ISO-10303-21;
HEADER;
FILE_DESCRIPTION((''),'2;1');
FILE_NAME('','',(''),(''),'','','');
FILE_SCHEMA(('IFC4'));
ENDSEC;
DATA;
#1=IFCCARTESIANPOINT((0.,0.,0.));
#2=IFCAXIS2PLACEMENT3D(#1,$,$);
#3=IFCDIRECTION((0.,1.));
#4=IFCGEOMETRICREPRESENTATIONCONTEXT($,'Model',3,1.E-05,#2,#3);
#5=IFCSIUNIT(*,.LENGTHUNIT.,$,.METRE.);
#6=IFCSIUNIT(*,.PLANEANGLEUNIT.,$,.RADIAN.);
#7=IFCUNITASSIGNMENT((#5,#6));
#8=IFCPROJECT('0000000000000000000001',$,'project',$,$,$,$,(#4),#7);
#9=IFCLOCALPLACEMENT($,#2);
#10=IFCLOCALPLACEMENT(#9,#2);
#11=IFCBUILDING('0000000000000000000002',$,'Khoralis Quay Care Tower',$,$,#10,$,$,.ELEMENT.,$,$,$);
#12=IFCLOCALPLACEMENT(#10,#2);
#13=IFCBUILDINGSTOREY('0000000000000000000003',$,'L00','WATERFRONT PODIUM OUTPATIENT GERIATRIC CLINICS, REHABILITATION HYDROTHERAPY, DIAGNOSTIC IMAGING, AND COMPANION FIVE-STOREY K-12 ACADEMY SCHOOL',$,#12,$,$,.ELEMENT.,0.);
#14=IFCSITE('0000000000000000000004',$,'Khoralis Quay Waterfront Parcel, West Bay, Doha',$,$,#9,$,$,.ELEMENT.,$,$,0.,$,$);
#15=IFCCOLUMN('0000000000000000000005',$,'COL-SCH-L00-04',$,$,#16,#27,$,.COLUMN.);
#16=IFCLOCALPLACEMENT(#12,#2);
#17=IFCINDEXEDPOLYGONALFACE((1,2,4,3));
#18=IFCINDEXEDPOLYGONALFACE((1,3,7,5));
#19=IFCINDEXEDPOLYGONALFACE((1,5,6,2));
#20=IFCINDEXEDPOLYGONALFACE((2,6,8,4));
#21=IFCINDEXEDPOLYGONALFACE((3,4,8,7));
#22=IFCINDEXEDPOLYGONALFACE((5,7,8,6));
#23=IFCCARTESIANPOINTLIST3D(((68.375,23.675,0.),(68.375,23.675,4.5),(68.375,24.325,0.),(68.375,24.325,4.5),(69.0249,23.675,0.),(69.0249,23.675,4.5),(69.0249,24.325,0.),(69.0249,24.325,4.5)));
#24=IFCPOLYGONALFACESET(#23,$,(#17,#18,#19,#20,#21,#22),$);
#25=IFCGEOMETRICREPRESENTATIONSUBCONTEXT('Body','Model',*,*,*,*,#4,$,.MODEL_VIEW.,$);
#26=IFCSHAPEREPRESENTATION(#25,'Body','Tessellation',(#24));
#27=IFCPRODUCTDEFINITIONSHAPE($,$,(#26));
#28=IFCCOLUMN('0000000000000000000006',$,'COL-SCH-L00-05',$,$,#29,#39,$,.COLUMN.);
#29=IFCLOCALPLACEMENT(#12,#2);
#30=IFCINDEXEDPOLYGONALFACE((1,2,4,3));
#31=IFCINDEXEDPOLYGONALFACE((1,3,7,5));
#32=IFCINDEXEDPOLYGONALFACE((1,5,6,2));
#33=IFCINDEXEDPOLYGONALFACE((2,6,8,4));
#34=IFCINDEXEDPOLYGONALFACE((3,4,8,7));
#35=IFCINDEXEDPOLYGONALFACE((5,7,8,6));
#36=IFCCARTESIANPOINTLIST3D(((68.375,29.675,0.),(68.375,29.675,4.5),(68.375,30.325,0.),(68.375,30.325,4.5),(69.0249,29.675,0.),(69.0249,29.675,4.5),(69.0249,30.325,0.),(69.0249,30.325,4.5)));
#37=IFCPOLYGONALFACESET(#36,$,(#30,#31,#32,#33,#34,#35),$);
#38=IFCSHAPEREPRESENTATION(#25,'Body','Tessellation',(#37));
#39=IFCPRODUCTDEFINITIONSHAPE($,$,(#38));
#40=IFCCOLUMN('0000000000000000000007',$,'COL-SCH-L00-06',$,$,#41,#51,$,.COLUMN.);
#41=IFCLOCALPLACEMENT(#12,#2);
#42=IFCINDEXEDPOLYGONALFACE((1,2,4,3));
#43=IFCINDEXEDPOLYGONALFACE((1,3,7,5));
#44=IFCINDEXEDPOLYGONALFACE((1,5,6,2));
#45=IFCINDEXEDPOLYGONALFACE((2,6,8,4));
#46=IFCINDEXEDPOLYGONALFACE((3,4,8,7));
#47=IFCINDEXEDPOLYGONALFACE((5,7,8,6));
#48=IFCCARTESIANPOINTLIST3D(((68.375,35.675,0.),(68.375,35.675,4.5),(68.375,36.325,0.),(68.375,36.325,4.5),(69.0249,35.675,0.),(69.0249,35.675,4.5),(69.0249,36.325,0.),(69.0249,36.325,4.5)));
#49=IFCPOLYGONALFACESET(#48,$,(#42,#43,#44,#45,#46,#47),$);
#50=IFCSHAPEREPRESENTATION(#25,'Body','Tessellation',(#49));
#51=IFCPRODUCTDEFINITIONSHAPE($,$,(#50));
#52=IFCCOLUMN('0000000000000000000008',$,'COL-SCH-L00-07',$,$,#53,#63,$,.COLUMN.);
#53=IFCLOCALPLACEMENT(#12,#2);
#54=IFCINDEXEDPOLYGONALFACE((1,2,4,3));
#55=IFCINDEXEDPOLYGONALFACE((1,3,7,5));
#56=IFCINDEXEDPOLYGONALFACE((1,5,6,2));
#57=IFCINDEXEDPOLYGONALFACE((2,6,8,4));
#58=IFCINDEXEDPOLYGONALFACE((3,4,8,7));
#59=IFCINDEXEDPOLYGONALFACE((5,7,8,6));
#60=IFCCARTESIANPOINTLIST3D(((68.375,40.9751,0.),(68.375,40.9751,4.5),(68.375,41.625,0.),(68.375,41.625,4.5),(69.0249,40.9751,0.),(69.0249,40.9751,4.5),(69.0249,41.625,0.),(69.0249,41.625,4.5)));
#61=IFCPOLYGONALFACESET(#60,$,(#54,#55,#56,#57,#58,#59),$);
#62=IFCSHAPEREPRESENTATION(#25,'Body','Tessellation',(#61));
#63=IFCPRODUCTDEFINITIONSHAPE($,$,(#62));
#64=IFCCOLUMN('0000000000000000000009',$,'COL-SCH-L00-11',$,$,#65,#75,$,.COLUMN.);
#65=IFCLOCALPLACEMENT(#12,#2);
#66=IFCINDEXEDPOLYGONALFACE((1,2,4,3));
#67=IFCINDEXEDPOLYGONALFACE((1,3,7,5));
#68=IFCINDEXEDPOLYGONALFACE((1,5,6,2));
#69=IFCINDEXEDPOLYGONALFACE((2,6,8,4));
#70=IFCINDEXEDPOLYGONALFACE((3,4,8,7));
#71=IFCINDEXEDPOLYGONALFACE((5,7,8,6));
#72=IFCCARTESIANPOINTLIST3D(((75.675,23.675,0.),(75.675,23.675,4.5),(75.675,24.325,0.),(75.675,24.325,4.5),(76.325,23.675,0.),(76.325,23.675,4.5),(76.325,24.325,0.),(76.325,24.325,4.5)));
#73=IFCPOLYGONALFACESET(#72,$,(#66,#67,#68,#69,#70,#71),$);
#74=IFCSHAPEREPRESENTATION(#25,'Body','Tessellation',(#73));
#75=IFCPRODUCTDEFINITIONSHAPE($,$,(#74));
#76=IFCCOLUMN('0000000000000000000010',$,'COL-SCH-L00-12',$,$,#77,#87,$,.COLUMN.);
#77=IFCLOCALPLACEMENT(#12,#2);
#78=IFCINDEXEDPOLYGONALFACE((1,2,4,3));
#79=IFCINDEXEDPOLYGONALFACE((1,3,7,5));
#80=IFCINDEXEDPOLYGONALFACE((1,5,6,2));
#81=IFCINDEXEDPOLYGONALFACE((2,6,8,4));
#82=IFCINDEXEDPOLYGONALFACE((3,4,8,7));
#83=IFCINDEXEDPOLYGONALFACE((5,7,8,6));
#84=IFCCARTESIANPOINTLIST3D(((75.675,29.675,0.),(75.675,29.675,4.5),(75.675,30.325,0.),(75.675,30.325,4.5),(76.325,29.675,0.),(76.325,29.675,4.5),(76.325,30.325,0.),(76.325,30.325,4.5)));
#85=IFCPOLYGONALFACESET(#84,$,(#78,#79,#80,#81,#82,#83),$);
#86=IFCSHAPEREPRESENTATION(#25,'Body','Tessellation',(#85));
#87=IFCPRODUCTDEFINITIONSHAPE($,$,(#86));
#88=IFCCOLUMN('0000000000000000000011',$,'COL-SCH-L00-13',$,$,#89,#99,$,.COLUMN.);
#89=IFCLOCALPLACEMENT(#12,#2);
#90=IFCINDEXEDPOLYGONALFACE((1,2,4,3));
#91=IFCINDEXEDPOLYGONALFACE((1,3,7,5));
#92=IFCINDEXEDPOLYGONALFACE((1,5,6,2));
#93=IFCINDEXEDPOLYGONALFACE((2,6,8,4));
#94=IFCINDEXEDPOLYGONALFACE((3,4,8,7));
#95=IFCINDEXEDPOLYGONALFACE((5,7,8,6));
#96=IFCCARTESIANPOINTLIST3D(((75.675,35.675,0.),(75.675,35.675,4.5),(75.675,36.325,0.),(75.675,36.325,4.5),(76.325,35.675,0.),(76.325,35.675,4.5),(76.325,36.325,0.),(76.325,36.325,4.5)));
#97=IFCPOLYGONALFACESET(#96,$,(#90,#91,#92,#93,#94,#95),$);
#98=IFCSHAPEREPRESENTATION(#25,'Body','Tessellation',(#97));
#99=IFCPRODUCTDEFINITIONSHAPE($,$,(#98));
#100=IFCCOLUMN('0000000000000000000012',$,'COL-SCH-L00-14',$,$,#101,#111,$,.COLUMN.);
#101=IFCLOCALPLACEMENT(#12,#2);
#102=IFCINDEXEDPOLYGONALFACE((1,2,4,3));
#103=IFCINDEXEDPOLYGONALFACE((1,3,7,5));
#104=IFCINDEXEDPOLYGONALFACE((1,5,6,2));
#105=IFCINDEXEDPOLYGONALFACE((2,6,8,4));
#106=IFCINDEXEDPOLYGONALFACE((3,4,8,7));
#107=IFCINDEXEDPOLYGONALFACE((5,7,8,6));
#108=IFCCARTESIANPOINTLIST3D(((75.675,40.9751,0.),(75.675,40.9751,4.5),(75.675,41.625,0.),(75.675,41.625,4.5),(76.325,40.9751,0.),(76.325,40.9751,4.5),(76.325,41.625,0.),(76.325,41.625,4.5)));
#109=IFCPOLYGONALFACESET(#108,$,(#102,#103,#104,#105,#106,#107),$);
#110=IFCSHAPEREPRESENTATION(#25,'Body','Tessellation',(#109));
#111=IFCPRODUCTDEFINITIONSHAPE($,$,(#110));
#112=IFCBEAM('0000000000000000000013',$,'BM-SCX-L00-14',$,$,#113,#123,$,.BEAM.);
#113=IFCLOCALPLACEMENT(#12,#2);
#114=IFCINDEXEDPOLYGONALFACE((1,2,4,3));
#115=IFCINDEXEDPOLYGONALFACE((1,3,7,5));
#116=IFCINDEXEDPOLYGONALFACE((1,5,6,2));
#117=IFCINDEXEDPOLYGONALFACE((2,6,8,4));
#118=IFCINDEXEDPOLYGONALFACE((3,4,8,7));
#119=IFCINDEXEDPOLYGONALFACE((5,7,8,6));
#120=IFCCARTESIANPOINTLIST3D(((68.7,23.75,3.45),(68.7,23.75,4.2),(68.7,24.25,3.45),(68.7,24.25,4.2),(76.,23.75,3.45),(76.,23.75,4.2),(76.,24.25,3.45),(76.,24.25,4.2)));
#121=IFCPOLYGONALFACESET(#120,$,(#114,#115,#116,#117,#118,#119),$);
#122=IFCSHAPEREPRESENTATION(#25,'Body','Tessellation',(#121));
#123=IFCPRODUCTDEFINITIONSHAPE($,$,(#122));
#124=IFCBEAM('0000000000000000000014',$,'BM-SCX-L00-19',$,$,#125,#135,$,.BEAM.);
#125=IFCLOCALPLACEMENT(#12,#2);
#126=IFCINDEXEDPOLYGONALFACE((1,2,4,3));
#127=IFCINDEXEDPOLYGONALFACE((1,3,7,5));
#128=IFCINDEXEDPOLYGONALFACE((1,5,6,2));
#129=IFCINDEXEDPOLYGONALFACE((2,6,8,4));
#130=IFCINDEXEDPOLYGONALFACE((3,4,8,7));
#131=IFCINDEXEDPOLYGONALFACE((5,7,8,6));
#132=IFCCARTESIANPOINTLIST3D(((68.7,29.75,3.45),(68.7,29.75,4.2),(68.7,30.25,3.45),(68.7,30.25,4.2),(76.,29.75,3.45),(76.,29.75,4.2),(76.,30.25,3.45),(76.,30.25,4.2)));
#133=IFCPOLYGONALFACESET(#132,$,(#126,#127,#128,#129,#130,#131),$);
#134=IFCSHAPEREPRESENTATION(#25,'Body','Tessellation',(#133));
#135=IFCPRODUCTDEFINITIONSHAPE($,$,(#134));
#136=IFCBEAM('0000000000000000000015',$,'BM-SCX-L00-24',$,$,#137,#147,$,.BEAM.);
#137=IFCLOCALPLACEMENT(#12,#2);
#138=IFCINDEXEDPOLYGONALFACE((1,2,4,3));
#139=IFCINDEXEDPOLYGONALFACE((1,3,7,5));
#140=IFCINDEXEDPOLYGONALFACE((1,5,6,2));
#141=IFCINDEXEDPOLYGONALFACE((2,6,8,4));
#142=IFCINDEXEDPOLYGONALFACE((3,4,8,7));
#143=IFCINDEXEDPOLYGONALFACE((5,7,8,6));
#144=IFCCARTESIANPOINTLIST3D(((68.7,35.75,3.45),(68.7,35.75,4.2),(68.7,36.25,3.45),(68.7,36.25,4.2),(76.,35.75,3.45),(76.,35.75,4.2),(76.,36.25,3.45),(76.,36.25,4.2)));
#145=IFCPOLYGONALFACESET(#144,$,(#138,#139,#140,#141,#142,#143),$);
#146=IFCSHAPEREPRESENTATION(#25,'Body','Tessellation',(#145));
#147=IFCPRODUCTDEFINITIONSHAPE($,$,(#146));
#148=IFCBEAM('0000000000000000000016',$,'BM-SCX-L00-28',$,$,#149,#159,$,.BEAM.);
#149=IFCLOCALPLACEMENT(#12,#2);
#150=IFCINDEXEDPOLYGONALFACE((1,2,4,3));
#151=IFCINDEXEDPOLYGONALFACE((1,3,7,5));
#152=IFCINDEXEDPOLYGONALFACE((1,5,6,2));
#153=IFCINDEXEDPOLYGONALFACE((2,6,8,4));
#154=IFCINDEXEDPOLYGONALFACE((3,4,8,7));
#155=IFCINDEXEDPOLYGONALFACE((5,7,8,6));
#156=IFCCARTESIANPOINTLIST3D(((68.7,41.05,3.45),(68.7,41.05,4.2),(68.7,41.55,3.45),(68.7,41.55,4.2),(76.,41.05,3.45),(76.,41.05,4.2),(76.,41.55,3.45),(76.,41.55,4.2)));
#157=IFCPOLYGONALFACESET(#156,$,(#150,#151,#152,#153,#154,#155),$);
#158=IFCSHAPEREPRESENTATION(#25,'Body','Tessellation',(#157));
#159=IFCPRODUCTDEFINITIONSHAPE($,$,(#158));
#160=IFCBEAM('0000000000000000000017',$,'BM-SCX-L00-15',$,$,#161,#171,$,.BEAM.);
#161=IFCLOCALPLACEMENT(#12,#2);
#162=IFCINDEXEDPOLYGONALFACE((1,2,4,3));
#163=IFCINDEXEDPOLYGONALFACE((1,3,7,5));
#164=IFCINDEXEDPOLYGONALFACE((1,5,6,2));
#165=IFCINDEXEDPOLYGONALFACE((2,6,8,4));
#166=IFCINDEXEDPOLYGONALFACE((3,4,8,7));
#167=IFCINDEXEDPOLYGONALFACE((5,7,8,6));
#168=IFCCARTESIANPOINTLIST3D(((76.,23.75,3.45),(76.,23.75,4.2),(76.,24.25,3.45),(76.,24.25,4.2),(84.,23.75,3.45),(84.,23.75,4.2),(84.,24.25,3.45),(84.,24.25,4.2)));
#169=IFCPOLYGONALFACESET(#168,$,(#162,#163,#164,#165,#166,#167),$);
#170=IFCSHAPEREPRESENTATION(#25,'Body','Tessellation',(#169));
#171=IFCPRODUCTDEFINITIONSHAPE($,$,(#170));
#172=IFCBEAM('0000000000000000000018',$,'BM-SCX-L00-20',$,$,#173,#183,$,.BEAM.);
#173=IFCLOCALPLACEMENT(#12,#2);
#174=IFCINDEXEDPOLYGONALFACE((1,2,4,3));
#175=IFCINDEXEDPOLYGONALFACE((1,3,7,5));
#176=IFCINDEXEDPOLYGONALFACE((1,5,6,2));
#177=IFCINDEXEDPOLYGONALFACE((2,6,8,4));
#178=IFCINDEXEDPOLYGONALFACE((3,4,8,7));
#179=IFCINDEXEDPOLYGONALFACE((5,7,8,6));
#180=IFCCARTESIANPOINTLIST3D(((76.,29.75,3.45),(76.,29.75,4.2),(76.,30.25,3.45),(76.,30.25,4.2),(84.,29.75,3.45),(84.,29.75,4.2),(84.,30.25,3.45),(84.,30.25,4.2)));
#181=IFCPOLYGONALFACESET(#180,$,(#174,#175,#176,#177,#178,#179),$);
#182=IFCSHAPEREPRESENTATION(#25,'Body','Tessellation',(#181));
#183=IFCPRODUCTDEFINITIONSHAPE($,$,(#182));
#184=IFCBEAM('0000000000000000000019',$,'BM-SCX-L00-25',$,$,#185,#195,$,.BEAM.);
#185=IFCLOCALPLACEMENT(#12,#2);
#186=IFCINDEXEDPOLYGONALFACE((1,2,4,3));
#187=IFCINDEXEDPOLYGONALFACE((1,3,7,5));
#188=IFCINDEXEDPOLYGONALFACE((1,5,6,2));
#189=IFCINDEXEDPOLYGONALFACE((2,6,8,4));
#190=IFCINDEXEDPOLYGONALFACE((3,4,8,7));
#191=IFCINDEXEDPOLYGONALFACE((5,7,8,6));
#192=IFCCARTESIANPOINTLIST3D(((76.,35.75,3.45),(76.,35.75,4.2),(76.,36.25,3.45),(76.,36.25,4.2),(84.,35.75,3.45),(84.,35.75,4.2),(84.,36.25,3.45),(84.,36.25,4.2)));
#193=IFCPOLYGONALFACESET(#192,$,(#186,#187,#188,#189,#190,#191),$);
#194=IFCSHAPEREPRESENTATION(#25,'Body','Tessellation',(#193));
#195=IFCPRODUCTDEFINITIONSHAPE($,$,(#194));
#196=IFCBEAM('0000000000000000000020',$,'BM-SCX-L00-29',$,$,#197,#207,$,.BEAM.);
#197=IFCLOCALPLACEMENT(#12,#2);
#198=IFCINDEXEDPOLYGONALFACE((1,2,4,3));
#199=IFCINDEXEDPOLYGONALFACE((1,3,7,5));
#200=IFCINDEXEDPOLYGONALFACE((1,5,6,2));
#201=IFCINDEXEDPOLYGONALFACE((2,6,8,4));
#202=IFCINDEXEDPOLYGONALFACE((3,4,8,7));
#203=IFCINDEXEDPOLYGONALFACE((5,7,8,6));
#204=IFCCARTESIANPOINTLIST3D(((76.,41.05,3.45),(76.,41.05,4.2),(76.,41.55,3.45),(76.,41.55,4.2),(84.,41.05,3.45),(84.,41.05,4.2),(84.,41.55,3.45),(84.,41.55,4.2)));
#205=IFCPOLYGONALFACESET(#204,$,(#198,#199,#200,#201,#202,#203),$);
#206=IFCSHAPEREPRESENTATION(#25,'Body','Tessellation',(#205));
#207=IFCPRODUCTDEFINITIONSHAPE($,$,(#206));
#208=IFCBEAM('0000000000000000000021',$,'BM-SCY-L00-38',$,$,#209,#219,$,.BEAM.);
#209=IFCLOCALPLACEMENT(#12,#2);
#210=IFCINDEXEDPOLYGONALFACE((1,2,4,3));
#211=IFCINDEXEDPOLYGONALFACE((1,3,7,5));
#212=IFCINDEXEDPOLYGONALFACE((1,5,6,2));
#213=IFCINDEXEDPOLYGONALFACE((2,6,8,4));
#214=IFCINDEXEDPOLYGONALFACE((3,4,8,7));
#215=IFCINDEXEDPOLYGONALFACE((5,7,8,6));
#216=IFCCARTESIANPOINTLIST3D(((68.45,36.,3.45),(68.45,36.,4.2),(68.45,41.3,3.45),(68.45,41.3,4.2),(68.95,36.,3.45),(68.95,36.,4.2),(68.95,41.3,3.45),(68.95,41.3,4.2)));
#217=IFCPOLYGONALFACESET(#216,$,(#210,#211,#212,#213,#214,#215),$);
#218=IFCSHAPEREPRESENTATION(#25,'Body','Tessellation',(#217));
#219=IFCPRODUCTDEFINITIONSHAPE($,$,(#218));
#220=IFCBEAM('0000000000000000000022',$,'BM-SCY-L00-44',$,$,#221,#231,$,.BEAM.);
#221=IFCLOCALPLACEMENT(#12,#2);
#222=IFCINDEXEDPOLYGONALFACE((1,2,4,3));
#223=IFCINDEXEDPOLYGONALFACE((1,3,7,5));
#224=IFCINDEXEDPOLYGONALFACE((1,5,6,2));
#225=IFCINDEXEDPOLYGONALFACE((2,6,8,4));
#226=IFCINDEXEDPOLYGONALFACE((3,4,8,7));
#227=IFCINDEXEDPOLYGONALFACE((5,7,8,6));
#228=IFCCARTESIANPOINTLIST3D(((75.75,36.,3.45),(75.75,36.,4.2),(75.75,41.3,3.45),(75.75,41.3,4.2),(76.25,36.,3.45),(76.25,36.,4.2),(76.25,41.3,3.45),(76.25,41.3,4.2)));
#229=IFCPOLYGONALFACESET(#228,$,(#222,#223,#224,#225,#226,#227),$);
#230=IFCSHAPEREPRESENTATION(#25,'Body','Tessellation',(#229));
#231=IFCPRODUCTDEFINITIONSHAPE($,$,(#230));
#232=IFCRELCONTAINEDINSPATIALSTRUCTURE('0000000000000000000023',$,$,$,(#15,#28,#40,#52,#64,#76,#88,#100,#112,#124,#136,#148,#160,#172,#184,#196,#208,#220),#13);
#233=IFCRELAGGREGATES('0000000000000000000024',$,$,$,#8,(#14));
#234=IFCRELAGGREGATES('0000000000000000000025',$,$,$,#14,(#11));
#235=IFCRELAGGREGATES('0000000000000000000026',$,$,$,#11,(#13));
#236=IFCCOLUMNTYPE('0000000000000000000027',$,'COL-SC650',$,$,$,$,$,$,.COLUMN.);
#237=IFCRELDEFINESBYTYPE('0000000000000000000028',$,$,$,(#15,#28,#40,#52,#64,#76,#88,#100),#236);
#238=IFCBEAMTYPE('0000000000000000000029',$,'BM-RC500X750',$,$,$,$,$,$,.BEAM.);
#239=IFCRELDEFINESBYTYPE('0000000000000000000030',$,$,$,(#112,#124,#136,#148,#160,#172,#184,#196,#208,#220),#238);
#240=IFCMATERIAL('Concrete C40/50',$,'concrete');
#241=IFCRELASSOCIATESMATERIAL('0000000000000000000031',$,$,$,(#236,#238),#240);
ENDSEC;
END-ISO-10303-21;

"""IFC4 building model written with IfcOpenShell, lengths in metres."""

from ifc_helpers import new_model, si_unit, direction, frame, origin, origin_2d, place, context, subcontext, project, spatial, rectangle, extrude, source, transform, mapped, material, material_profile, profile_set, type_object, element, save


model = new_model("IFC4")

# Units and contexts
model_context = context("Model", 3, precision=1e-05, world=origin(), true_north=direction((0.0, 1.0)))
body_context = subcontext(model_context, "Body", "Model", "MODEL_VIEW")
ifc_project = project(units=[si_unit("LENGTHUNIT", "METRE"), si_unit("PLANEANGLEUNIT", "RADIAN")], contexts=[model_context])

# Site, building, storey
site_placement = place(None, origin())
site = spatial("IfcSite", under=ifc_project, at=site_placement, Name="Khoralis Quay Waterfront Parcel, West Bay, Doha", CompositionType="ELEMENT", RefElevation=0.0)
building_placement = place(site_placement, origin())
building = spatial("IfcBuilding", under=site, at=building_placement, Name="Khoralis Quay Care Tower", CompositionType="ELEMENT")
storey_placement = place(building_placement, origin())
storey = spatial("IfcBuildingStorey", under=building, at=storey_placement, Name="L00", Description="WATERFRONT PODIUM OUTPATIENT GERIATRIC CLINICS, REHABILITATION HYDROTHERAPY, DIAGNOSTIC IMAGING, AND COMPANION FIVE-STOREY K-12 ACADEMY SCHOOL", CompositionType="ELEMENT", Elevation=0.0)

# Columns
ifc_material_1 = material(Name="Concrete C40/50", Category="concrete")
ifc_material_profile_1 = material_profile(ifc_material_1, rectangle(XDim=0.6499, YDim=0.6499, at=origin_2d()), Name="Concrete C40/50")
ifc_profile_set_1 = profile_set([ifc_material_profile_1], Name="Concrete C40/50")
column_type = type_object("IfcColumnType", Name="COL-SC650", PredefinedType="COLUMN", material=ifc_profile_set_1)
shared_shape_1 = source(origin(), body_context, "Body", "SweptSolid", [
    extrude(rectangle(XDim=0.6499, YDim=0.6499, at=origin_2d()), origin(), (0.0, 0.0, 1.0), 4.5),
])
for number, where, z_axis, x_axis, name in (
    (1, (68.7, 24.0, 0.0), (0.0, 0.0, 1.0), (1.0, 0.0, 0.0), "COL-SCH-L00-04"),
    (2, (68.7, 30.0, 0.0), (0.0, 0.0, 1.0), (1.0, 0.0, 0.0), "COL-SCH-L00-05"),
    (3, (68.7, 36.0, 0.0), (0.0, 0.0, 1.0), (1.0, 0.0, 0.0), "COL-SCH-L00-06"),
    (4, (68.7, 41.3, 0.0), (0.0, 0.0, 1.0), (1.0, 0.0, 0.0), "COL-SCH-L00-07"),
    (5, (76.0, 24.0, 0.0), (0.0, 0.0, 1.0), (1.0, 0.0, 0.0), "COL-SCH-L00-11"),
    (6, (76.0, 30.0, 0.0), (0.0, 0.0, 1.0), (1.0, 0.0, 0.0), "COL-SCH-L00-12"),
    (7, (76.0, 36.0, 0.0), (0.0, 0.0, 1.0), (1.0, 0.0, 0.0), "COL-SCH-L00-13"),
    (8, (76.0, 41.3, 0.0), (0.0, 0.0, 1.0), (1.0, 0.0, 0.0), "COL-SCH-L00-14"),
):
    element("IfcColumn", number, at=place(storey_placement, frame(where, z_axis=z_axis, x_axis=x_axis)), inside=storey, type_object=column_type, Name=name, PredefinedType="COLUMN", context=body_context, shape_type="MappedRepresentation", body=[
        mapped(shared_shape_1, transform((0.0, 0.0, 0.0), scale=1.0)),
    ])

# Beams
ifc_material_profile_2 = material_profile(ifc_material_1, rectangle(XDim=0.5, YDim=0.75, at=origin_2d()), Name="Concrete C40/50")
ifc_profile_set_2 = profile_set([ifc_material_profile_2], Name="Concrete C40/50")
beam_type_1 = type_object("IfcBeamType", Name="BM-RC500X750", PredefinedType="BEAM", material=ifc_profile_set_2)
shared_shape_2 = source(origin(), body_context, "Body", "SweptSolid", [
    extrude(rectangle(XDim=0.5, YDim=0.75, at=origin_2d()), origin(), (0.0, 0.0, 1.0), 7.3),
])
for number, where, z_axis, x_axis, name in (
    (9, (68.7, 24.0, 3.825), (1.0, 0.0, 0.0), (0.0, 1.0, 0.0), "BM-SCX-L00-14"),
    (10, (68.7, 30.0, 3.825), (1.0, 0.0, 0.0), (0.0, 1.0, 0.0), "BM-SCX-L00-19"),
    (11, (68.7, 36.0, 3.825), (1.0, 0.0, 0.0), (0.0, 1.0, 0.0), "BM-SCX-L00-24"),
    (12, (68.7, 41.3, 3.825), (1.0, 0.0, 0.0), (0.0, 1.0, 0.0), "BM-SCX-L00-28"),
):
    element("IfcBeam", number, at=place(storey_placement, frame(where, z_axis=z_axis, x_axis=x_axis)), inside=storey, type_object=beam_type_1, Name=name, PredefinedType="BEAM", context=body_context, shape_type="MappedRepresentation", body=[
        mapped(shared_shape_2, transform((0.0, 0.0, 0.0), scale=1.0)),
    ])
shared_shape_3 = source(origin(), body_context, "Body", "SweptSolid", [
    extrude(rectangle(XDim=0.5, YDim=0.75, at=origin_2d()), origin(), (0.0, 0.0, 1.0), 8.0),
])
for number, where, z_axis, x_axis, name in (
    (13, (76.0, 24.0, 3.825), (1.0, 0.0, 0.0), (0.0, 1.0, 0.0), "BM-SCX-L00-15"),
    (14, (76.0, 30.0, 3.825), (1.0, 0.0, 0.0), (0.0, 1.0, 0.0), "BM-SCX-L00-20"),
    (15, (76.0, 36.0, 3.825), (1.0, 0.0, 0.0), (0.0, 1.0, 0.0), "BM-SCX-L00-25"),
    (16, (76.0, 41.3, 3.825), (1.0, 0.0, 0.0), (0.0, 1.0, 0.0), "BM-SCX-L00-29"),
):
    element("IfcBeam", number, at=place(storey_placement, frame(where, z_axis=z_axis, x_axis=x_axis)), inside=storey, type_object=beam_type_1, Name=name, PredefinedType="BEAM", context=body_context, shape_type="MappedRepresentation", body=[
        mapped(shared_shape_3, transform((0.0, 0.0, 0.0), scale=1.0)),
    ])
shared_shape_4 = source(origin(), body_context, "Body", "SweptSolid", [
    extrude(rectangle(XDim=0.5, YDim=0.75, at=origin_2d()), origin(), (0.0, 0.0, 1.0), 5.3),
])
for number, where, z_axis, x_axis, name in (
    (17, (68.7, 36.0, 3.825), (0.0, 1.0, 0.0), (-1.0, 0.0, 0.0), "BM-SCY-L00-38"),
    (18, (76.0, 36.0, 3.825), (0.0, 1.0, 0.0), (-1.0, 0.0, 0.0), "BM-SCY-L00-44"),
):
    element("IfcBeam", number, at=place(storey_placement, frame(where, z_axis=z_axis, x_axis=x_axis)), inside=storey, type_object=beam_type_1, Name=name, PredefinedType="BEAM", context=body_context, shape_type="MappedRepresentation", body=[
        mapped(shared_shape_4, transform((0.0, 0.0, 0.0), scale=1.0)),
    ])

save(model, "model.ifc")
